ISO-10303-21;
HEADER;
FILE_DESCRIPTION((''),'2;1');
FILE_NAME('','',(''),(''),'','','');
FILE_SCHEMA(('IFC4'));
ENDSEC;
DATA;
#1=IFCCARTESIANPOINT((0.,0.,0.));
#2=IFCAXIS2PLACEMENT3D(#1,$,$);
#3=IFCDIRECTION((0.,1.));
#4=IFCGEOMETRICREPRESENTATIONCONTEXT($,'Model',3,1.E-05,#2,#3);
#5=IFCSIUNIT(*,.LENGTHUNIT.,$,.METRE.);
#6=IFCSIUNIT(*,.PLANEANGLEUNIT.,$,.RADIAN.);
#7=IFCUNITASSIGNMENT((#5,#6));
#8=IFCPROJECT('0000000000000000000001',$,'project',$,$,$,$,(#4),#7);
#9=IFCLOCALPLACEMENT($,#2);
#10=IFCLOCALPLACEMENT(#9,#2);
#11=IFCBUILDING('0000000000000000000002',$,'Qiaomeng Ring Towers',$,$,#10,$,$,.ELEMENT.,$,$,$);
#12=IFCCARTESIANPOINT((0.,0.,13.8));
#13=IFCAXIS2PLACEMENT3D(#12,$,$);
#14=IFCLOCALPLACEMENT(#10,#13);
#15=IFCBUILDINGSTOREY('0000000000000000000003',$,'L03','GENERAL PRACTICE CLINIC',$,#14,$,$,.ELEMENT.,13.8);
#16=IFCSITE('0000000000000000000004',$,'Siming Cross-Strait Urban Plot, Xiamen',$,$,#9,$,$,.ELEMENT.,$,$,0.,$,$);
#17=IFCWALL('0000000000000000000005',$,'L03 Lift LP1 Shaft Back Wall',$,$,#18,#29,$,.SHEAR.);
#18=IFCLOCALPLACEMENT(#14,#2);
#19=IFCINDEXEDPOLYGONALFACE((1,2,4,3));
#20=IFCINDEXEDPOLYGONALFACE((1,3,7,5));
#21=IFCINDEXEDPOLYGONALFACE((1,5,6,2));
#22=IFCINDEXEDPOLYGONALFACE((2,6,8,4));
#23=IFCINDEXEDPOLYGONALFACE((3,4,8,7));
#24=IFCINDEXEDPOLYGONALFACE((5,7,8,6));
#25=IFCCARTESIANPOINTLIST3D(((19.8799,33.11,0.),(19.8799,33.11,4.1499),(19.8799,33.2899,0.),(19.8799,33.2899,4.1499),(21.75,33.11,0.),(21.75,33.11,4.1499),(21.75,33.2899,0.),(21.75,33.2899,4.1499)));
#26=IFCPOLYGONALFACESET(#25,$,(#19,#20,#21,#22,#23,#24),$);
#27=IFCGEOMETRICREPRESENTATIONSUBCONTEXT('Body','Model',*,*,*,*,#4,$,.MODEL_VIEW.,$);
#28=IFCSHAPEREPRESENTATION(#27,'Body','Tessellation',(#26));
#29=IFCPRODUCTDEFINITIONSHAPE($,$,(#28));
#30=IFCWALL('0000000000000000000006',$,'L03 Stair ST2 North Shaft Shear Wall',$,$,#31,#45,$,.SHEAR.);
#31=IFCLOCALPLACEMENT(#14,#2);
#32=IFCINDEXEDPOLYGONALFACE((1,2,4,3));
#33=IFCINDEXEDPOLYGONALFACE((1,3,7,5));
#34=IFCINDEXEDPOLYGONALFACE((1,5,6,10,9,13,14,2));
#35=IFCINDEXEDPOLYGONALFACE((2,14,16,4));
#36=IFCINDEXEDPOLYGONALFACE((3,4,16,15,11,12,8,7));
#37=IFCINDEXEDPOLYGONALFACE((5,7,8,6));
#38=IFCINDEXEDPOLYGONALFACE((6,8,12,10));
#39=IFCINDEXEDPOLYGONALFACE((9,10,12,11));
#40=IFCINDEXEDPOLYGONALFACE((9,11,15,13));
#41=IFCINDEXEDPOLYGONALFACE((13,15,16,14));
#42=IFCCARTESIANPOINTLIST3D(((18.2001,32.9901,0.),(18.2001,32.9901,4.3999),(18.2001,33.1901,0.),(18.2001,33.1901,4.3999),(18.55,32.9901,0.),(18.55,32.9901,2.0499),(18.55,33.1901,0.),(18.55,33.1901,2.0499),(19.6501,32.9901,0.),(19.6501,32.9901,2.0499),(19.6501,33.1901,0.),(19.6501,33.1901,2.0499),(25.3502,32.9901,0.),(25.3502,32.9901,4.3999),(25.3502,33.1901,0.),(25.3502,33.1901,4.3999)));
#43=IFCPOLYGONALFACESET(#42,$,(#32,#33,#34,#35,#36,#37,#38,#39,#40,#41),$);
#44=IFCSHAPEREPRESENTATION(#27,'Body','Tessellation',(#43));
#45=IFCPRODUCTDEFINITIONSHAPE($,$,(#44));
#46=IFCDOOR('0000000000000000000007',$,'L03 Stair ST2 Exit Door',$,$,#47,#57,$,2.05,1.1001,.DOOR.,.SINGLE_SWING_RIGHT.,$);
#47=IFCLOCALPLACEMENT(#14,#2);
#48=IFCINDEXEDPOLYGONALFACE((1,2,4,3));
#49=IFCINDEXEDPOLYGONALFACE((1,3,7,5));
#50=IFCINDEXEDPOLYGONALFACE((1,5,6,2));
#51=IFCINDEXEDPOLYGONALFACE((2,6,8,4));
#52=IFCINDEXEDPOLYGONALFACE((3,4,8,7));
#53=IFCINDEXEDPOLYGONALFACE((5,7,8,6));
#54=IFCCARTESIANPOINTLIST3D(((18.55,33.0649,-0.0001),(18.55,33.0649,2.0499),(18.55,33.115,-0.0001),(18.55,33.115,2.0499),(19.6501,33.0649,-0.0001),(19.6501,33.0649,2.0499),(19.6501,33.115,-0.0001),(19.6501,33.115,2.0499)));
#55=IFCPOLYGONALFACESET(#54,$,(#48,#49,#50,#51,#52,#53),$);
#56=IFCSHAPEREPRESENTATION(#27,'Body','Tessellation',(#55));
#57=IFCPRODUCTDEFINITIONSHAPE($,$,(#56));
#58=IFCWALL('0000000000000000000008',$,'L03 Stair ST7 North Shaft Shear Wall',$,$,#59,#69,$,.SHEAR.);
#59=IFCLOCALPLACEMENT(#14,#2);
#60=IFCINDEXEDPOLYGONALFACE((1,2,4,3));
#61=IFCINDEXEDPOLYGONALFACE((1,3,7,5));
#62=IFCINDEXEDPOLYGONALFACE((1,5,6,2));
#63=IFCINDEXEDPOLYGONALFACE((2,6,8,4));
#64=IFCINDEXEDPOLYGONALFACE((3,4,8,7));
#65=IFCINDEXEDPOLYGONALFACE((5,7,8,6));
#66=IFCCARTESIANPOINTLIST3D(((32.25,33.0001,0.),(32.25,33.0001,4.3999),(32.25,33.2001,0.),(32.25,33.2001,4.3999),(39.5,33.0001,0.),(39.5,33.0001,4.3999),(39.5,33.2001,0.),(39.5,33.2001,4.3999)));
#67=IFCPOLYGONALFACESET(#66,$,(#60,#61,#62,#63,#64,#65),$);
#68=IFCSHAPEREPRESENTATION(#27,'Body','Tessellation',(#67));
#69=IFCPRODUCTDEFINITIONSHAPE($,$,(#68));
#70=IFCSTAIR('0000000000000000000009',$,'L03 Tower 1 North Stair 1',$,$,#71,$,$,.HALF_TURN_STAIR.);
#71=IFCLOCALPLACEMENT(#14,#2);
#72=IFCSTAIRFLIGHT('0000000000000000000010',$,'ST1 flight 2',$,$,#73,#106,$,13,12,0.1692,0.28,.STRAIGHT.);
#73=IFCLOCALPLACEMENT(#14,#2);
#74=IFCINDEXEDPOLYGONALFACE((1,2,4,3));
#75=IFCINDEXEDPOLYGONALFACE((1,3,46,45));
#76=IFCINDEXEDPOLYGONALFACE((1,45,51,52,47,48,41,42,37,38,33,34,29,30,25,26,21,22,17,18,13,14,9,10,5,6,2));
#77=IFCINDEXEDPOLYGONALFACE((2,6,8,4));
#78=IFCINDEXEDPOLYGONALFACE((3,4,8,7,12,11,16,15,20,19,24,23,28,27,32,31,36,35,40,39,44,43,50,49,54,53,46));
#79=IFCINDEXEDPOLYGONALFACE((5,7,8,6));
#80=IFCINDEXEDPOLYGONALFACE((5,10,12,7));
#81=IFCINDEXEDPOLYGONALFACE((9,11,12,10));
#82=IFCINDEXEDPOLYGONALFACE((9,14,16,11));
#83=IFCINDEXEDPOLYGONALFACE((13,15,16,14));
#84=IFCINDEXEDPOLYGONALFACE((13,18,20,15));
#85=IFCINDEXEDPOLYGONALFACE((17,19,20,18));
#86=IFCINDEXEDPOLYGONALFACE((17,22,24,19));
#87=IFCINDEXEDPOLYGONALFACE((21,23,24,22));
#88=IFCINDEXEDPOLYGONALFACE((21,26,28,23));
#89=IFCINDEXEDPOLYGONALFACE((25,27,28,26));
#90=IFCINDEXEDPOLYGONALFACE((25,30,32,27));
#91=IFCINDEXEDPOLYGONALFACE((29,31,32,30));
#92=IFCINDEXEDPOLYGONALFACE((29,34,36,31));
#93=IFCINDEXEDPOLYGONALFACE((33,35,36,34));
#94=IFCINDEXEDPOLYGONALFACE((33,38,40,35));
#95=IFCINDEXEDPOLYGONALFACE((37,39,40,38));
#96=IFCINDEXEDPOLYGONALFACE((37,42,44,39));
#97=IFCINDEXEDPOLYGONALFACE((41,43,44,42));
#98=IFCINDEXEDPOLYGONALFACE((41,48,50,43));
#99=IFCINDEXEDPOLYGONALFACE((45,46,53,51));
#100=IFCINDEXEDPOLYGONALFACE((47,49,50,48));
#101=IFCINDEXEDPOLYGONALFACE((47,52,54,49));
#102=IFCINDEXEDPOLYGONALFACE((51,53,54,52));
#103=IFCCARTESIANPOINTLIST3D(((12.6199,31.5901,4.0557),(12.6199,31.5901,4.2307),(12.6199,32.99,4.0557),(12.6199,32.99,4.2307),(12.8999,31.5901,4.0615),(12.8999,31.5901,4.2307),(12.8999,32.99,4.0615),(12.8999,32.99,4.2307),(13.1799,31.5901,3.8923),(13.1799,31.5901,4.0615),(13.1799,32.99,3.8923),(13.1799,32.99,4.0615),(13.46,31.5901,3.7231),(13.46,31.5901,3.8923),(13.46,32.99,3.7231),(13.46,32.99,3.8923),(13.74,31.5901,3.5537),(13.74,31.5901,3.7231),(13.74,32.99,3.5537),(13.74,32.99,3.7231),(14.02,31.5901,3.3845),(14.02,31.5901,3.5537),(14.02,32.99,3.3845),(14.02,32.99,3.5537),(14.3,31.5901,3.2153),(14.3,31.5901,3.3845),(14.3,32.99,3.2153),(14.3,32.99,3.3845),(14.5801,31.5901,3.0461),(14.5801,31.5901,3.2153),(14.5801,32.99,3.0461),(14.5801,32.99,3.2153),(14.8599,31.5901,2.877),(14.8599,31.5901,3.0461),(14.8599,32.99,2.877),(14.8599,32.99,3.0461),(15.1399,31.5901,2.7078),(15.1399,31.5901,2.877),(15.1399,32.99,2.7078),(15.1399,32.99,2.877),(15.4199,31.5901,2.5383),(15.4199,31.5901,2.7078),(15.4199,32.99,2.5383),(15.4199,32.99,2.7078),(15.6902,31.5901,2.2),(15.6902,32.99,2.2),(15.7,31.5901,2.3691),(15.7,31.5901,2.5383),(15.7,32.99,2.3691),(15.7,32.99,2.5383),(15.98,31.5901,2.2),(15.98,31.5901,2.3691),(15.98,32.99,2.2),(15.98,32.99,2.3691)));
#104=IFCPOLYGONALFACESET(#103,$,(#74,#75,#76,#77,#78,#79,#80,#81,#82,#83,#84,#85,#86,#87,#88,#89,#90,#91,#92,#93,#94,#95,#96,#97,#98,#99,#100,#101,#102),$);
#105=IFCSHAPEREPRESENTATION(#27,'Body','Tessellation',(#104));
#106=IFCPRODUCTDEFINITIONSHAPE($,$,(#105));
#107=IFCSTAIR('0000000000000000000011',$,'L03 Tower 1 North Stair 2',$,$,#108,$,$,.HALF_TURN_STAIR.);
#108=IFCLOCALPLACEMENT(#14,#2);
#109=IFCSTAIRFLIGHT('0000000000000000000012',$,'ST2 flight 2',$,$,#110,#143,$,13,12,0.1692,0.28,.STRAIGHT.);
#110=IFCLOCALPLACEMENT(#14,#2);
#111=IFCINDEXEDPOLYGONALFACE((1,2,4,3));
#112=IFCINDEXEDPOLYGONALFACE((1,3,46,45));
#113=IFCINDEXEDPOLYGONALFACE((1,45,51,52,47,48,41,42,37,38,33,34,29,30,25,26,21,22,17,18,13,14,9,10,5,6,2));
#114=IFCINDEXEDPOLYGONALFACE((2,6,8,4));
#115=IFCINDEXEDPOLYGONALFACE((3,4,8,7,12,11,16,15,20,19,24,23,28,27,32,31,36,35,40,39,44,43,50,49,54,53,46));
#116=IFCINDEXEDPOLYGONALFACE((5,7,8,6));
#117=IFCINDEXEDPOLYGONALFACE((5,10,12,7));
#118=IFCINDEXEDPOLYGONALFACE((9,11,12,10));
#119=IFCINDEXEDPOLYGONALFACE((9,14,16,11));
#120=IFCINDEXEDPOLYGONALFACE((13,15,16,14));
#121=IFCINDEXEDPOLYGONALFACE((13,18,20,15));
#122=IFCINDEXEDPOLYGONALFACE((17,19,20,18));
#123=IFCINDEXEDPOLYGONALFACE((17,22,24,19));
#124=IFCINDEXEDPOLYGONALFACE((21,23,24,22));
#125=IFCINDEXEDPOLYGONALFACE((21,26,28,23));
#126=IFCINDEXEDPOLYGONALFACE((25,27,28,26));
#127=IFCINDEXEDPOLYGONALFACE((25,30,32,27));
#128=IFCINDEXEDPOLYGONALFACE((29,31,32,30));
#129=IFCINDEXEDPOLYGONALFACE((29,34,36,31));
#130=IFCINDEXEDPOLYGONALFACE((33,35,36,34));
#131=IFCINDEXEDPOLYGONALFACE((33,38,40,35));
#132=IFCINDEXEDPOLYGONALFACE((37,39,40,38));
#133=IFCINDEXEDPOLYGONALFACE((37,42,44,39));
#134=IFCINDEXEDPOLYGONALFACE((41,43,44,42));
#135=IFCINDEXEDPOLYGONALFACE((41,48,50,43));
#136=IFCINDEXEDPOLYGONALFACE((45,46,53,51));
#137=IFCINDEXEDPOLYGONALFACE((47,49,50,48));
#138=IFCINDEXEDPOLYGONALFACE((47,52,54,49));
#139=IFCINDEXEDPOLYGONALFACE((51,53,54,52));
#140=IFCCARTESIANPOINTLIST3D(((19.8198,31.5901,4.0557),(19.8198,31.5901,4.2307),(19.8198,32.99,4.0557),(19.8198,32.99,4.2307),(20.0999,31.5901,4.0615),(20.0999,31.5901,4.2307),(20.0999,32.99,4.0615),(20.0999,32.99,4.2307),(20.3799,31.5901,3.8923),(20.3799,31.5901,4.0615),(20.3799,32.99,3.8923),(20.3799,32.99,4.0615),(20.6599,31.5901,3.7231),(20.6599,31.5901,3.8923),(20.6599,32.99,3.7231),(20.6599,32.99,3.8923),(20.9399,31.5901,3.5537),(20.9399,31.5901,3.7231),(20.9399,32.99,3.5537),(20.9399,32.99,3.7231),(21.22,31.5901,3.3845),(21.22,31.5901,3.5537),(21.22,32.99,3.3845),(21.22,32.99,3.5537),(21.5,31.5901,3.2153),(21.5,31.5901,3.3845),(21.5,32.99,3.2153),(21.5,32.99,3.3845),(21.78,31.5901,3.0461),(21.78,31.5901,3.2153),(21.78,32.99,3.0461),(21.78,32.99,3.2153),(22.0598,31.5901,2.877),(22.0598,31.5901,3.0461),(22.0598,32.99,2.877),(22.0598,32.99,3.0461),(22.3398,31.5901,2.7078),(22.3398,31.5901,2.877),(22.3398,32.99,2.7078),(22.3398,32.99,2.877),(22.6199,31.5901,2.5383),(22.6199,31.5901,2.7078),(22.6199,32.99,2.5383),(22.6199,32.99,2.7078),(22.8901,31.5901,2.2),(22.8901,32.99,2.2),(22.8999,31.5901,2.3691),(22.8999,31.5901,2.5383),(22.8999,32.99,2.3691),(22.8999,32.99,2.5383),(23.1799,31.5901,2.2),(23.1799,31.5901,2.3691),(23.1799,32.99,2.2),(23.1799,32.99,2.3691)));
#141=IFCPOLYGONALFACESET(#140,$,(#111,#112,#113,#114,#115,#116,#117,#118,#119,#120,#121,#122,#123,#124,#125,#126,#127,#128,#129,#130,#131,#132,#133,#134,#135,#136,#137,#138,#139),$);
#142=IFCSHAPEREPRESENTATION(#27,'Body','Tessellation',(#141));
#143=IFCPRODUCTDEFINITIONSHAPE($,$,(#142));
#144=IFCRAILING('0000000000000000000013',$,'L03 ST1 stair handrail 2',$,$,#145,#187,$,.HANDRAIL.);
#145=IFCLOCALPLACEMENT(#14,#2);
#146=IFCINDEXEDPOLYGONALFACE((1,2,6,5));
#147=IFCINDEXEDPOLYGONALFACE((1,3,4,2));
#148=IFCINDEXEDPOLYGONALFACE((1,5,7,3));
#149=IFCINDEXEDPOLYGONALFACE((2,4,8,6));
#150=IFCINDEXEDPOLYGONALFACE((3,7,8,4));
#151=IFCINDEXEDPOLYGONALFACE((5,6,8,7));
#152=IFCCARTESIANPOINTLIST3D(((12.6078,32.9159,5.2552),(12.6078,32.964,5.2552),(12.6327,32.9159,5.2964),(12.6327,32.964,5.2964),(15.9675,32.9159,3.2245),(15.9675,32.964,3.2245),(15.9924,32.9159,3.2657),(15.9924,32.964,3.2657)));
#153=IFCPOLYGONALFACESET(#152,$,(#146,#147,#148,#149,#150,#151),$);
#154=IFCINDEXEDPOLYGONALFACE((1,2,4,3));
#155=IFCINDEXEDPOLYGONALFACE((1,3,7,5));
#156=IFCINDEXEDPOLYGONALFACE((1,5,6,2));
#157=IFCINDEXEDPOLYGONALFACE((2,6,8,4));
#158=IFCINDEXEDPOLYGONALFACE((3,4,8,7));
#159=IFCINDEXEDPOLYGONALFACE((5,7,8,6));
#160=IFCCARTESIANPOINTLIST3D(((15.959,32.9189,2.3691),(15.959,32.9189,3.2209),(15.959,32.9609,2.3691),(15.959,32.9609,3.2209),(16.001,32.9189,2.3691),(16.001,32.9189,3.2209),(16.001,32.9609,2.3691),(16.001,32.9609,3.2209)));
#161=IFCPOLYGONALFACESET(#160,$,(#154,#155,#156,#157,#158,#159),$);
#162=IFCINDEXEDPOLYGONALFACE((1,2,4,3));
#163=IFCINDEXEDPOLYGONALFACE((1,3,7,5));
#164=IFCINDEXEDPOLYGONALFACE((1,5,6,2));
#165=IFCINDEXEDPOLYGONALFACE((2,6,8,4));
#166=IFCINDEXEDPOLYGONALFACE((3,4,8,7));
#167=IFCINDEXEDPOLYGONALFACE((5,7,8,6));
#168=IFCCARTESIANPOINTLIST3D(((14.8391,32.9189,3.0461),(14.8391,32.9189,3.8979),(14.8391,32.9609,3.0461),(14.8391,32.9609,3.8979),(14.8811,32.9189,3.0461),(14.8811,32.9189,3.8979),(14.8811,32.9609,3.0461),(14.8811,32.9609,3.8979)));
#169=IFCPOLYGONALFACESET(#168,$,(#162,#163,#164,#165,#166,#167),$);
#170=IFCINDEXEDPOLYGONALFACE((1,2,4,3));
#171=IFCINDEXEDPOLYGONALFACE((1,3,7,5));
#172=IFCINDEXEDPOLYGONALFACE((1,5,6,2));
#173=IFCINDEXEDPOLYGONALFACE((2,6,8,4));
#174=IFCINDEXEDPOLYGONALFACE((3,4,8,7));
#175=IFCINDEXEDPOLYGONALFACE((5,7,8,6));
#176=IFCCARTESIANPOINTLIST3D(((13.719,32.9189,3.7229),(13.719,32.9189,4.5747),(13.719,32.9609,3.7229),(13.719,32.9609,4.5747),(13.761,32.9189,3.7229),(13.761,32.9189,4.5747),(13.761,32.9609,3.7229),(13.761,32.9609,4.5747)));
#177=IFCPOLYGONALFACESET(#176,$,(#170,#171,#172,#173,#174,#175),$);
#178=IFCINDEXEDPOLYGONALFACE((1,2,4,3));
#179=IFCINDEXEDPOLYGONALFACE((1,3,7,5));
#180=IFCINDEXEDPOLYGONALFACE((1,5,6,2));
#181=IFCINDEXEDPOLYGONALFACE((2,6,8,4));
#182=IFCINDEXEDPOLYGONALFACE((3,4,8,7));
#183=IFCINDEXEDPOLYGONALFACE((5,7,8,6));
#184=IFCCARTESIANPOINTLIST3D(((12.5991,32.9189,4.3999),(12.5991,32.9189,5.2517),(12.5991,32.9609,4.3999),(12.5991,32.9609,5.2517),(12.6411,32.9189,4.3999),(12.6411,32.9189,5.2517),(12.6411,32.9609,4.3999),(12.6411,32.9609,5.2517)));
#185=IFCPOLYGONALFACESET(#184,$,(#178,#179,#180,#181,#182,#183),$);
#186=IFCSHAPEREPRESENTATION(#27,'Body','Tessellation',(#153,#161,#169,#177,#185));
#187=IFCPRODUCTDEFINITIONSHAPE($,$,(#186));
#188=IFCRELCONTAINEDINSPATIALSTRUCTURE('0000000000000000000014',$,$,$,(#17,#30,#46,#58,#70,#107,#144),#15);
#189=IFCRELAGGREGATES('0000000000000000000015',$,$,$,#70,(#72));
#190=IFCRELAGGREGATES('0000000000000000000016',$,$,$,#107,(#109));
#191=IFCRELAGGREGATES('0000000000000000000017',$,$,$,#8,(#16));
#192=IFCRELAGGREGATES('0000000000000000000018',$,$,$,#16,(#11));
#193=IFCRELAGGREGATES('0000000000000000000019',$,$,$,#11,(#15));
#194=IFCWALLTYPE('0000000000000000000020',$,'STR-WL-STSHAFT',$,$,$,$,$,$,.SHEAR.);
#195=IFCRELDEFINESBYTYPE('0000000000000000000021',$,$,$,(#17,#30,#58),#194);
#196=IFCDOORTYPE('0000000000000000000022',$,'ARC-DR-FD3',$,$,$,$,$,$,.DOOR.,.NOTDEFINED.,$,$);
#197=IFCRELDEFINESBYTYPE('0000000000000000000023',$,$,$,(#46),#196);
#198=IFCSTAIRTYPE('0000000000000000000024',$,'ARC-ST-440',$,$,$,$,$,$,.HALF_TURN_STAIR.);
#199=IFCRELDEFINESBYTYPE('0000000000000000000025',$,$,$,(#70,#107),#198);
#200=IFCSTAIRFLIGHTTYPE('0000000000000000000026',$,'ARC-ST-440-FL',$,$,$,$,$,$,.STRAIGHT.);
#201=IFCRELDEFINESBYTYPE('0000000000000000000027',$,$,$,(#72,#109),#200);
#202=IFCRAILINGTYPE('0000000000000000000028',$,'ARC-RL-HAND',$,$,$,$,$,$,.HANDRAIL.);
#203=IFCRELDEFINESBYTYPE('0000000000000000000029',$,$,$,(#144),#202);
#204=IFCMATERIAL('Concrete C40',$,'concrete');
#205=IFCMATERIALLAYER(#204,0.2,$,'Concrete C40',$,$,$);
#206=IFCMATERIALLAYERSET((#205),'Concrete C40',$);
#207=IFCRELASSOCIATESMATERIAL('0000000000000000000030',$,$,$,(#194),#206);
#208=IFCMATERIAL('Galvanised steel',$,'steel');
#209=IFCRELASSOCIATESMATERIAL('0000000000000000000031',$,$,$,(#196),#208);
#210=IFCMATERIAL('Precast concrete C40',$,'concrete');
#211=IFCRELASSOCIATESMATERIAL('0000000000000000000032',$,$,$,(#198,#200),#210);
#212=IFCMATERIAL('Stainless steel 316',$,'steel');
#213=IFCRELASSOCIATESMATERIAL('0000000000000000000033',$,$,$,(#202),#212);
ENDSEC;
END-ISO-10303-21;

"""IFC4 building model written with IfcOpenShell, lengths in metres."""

from ifc_helpers import new_model, si_unit, direction, frame, frame_2d, origin, origin_2d, place, context, subcontext, project, spatial, polyline, rectangle, outline, extrude, source, transform, mapped, material, layer, layer_set, type_object, element, fill, aggregate, save


model = new_model("IFC4")

# Units and contexts
model_context = context("Model", 3, precision=1e-05, world=origin(), true_north=direction((0.0, 1.0)))
body_context = subcontext(model_context, "Body", "Model", "MODEL_VIEW")
ifc_project = project(units=[si_unit("LENGTHUNIT", "METRE"), si_unit("PLANEANGLEUNIT", "RADIAN")], contexts=[model_context])

# Site, building, storey
site_placement = place(None, origin())
site = spatial("IfcSite", under=ifc_project, at=site_placement, Name="Siming Cross-Strait Urban Plot, Xiamen", CompositionType="ELEMENT", RefElevation=0.0)
building_placement = place(site_placement, origin())
building = spatial("IfcBuilding", under=site, at=building_placement, Name="Qiaomeng Ring Towers", CompositionType="ELEMENT")
storey_placement = place(building_placement, frame((0.0, 0.0, 13.8)))
storey = spatial("IfcBuildingStorey", under=building, at=storey_placement, Name="L03", Description="GENERAL PRACTICE CLINIC", CompositionType="ELEMENT", Elevation=13.8)

# Shared definitions
ifc_material_1 = material(Name="Concrete C40", Category="concrete")

# Wall
ifc_layer_1 = layer(ifc_material_1, 0.2, Name="Concrete C40")
ifc_layer_set_1 = layer_set([ifc_layer_1], Name="Concrete C40")
wall_type_1 = type_object("IfcWallType", Name="STR-WL-STSHAFT", PredefinedType="SHEAR", material=ifc_layer_set_1)
wall_1_placement = place(storey_placement, frame((19.8799, 33.2, 0.0), z_axis=(0.0, 0.0, 1.0), x_axis=(1.0, 0.0, 0.0)))
element("IfcWall", 1, at=wall_1_placement, inside=storey, type_object=wall_type_1, Name="L03 Lift LP1 Shaft Back Wall", PredefinedType="SHEAR", context=body_context, shape_type="SweptSolid", body=[
    extrude(rectangle(XDim=1.8701, YDim=0.1799, at=frame_2d((0.9351, 0.0))), origin(), (0.0, 0.0, 1.0), 4.1499),
])

# Wall, opening, door
wall_2_placement = place(storey_placement, frame((18.2, 33.0901, 0.0), z_axis=(0.0, 0.0, 1.0), x_axis=(1.0, 0.0, 0.0)))
wall_2 = element("IfcWall", 2, at=wall_2_placement, inside=storey, type_object=wall_type_1, Name="L03 Stair ST2 North Shaft Shear Wall", PredefinedType="SHEAR", context=body_context, shape_type="SweptSolid", body=[
    extrude(rectangle(XDim=7.1501, YDim=0.2, at=frame_2d((3.5752, 0.0))), origin(), (0.0, 0.0, 1.0), 4.3999),
])
opening_1_placement = place(wall_2_placement, frame((0.3501, 0.0, 0.0)))
opening_1 = element("IfcOpeningElement", 3, at=opening_1_placement, cuts=wall_2, PredefinedType="OPENING", context=body_context, shape_type="SweptSolid", body=[
    extrude(rectangle(XDim=1.1001, YDim=2.05, at=frame_2d((0.55, 1.0249))), frame((0.0, 0.1099, 0.0), z_axis=(0.0, -1.0, 0.0), x_axis=(1.0, 0.0, 0.0)), (0.0, 0.0, 1.0), 0.22),
])
ifc_material_2 = material(Name="Galvanised steel", Category="steel")
door_type_1 = type_object("IfcDoorType", Name="ARC-DR-FD3", OperationType="NOTDEFINED", PredefinedType="DOOR", material=ifc_material_2)
shared_shape_1 = source(origin(), body_context, "Body", "SweptSolid", [
    extrude(rectangle(XDim=1.1001, YDim=2.05, at=frame_2d((0.55, 1.0249))), frame((0.0, 0.0249, 0.0), z_axis=(0.0, -1.0, 0.0), x_axis=(1.0, 0.0, 0.0)), (0.0, 0.0, 1.0), 0.05),
])
door_1_placement = place(opening_1_placement, origin())
door_1 = element("IfcDoor", 4, at=door_1_placement, inside=storey, type_object=door_type_1, Name="L03 Stair ST2 Exit Door", OperationType="SINGLE_SWING_RIGHT", OverallHeight=2.05, OverallWidth=1.1001, PredefinedType="DOOR", context=body_context, shape_type="MappedRepresentation", body=[
    mapped(shared_shape_1, transform((0.0, 0.0, 0.0), x_axis=(1.0, 0.0, 0.0), y_axis=(0.0, 1.0, 0.0), z_axis=(0.0, 0.0, 1.0), scale=1.0)),
])
fill(opening_1, door_1)

# Wall
wall_3_placement = place(storey_placement, frame((32.25, 33.1001, 0.0), z_axis=(0.0, 0.0, 1.0), x_axis=(1.0, 0.0, 0.0)))
element("IfcWall", 5, at=wall_3_placement, inside=storey, type_object=wall_type_1, Name="L03 Stair ST7 North Shaft Shear Wall", PredefinedType="SHEAR", context=body_context, shape_type="SweptSolid", body=[
    extrude(rectangle(XDim=7.25, YDim=0.2, at=frame_2d((3.625, 0.0))), origin(), (0.0, 0.0, 1.0), 4.3999),
])

# Stairs, stair flights
ifc_material_3 = material(Name="Precast concrete C40", Category="concrete")
stair_type = type_object("IfcStairType", Name="ARC-ST-440", PredefinedType="HALF_TURN_STAIR", material=ifc_material_3)
stair_1_placement = place(storey_placement, origin())
stair_1 = element("IfcStair", 6, at=stair_1_placement, inside=storey, type_object=stair_type, Name="L03 Tower 1 North Stair 1", PredefinedType="HALF_TURN_STAIR")
stair_flight_type = type_object("IfcStairFlightType", Name="ARC-ST-440-FL", PredefinedType="STRAIGHT", material=ifc_material_3)
shared_shape_2 = source(origin(), body_context, "Body", "SweptSolid", [
    extrude(outline(polyline([(0.0, 0.0), (0.0, 0.1692), (0.28, 0.1692), (0.28, 0.3384), (0.5601, 0.3384), (0.5601, 0.5078), (0.8401, 0.5078), (0.8401, 0.677), (1.1201, 0.677), (1.1201, 0.8462), (1.3999, 0.8462), (1.3999, 1.0154), (1.6799, 1.0154), (1.6799, 1.1846), (1.96, 1.1846), (1.96, 1.3538), (2.24, 1.3538), (2.24, 1.5232), (2.52, 1.5232), (2.52, 1.6924), (2.8, 1.6924), (2.8, 1.8616), (3.0801, 1.8616), (3.0801, 2.0308), (3.3601, 2.0308), (3.3601, 2.2), (3.3601, 1.8557), (0.2898, 0.0), (0.0, 0.0)])), frame((0.0, 0.7, 0.0), z_axis=(0.0, -1.0, 0.0), x_axis=(1.0, 0.0, 0.0)), (0.0, 0.0, 1.0), 1.3999),
])
stair_flight_1_placement = place(storey_placement, frame((15.98, 32.29, 2.2), z_axis=(0.0, 0.0, 1.0), x_axis=(-1.0, 0.0, 0.0)))
stair_flight_1 = element("IfcStairFlight", 7, at=stair_flight_1_placement, type_object=stair_flight_type, Name="ST1 flight 2", NumberOfRisers=13, NumberOfTreads=12, PredefinedType="STRAIGHT", RiserHeight=0.1692, TreadLength=0.28, context=body_context, shape_type="MappedRepresentation", body=[
    mapped(shared_shape_2, transform((0.0, 0.0, 0.0), x_axis=(1.0, 0.0, 0.0), y_axis=(0.0, 1.0, 0.0), z_axis=(0.0, 0.0, 1.0), scale=1.0)),
])
aggregate(stair_1, [stair_flight_1])
stair_2_placement = place(storey_placement, origin())
stair_2 = element("IfcStair", 8, at=stair_2_placement, inside=storey, type_object=stair_type, Name="L03 Tower 1 North Stair 2", PredefinedType="HALF_TURN_STAIR")
stair_flight_2_placement = place(storey_placement, frame((23.1799, 32.29, 2.2), z_axis=(0.0, 0.0, 1.0), x_axis=(-1.0, 0.0, 0.0)))
stair_flight_2 = element("IfcStairFlight", 9, at=stair_flight_2_placement, type_object=stair_flight_type, Name="ST2 flight 2", NumberOfRisers=13, NumberOfTreads=12, PredefinedType="STRAIGHT", RiserHeight=0.1692, TreadLength=0.28, context=body_context, shape_type="MappedRepresentation", body=[
    mapped(shared_shape_2, transform((0.0, 0.0, 0.0), x_axis=(1.0, 0.0, 0.0), y_axis=(0.0, 1.0, 0.0), z_axis=(0.0, 0.0, 1.0), scale=1.0)),
])
aggregate(stair_2, [stair_flight_2])

# Railing
ifc_material_4 = material(Name="Stainless steel 316", Category="steel")
railing_type = type_object("IfcRailingType", Name="ARC-RL-HAND", PredefinedType="HANDRAIL", material=ifc_material_4)
for number, where, name in (
    (10, (15.98, 32.9399, 2.3691), "L03 ST1 stair handrail 2"),
):
    element("IfcRailing", number, at=place(storey_placement, frame(where)), inside=storey, type_object=railing_type, Name=name, PredefinedType="HANDRAIL", context=body_context, shape_type="SweptSolid", body=[
        extrude(rectangle(XDim=0.0481, YDim=0.0481, at=origin_2d()), frame((0.0, 0.0, 0.876), z_axis=(-0.85582, 0.0, 0.517273), x_axis=(0.0, -1.0, 0.0)), (0.0, 0.0, 1.0), 3.9258),
        extrude(rectangle(XDim=0.042, YDim=0.042, at=origin_2d()), origin(), (0.0, 0.0, 1.0), 0.8518),
        extrude(rectangle(XDim=0.042, YDim=0.042, at=origin_2d()), frame((-1.1199, 0.0, 0.677)), (0.0, 0.0, 1.0), 0.8518),
        extrude(rectangle(XDim=0.042, YDim=0.042, at=origin_2d()), frame((-2.24, 0.0, 1.3538)), (0.0, 0.0, 1.0), 0.8518),
        extrude(rectangle(XDim=0.042, YDim=0.042, at=origin_2d()), frame((-3.3599, 0.0, 2.0308)), (0.0, 0.0, 1.0), 0.8518),
    ])

save(model, "model.ifc")
